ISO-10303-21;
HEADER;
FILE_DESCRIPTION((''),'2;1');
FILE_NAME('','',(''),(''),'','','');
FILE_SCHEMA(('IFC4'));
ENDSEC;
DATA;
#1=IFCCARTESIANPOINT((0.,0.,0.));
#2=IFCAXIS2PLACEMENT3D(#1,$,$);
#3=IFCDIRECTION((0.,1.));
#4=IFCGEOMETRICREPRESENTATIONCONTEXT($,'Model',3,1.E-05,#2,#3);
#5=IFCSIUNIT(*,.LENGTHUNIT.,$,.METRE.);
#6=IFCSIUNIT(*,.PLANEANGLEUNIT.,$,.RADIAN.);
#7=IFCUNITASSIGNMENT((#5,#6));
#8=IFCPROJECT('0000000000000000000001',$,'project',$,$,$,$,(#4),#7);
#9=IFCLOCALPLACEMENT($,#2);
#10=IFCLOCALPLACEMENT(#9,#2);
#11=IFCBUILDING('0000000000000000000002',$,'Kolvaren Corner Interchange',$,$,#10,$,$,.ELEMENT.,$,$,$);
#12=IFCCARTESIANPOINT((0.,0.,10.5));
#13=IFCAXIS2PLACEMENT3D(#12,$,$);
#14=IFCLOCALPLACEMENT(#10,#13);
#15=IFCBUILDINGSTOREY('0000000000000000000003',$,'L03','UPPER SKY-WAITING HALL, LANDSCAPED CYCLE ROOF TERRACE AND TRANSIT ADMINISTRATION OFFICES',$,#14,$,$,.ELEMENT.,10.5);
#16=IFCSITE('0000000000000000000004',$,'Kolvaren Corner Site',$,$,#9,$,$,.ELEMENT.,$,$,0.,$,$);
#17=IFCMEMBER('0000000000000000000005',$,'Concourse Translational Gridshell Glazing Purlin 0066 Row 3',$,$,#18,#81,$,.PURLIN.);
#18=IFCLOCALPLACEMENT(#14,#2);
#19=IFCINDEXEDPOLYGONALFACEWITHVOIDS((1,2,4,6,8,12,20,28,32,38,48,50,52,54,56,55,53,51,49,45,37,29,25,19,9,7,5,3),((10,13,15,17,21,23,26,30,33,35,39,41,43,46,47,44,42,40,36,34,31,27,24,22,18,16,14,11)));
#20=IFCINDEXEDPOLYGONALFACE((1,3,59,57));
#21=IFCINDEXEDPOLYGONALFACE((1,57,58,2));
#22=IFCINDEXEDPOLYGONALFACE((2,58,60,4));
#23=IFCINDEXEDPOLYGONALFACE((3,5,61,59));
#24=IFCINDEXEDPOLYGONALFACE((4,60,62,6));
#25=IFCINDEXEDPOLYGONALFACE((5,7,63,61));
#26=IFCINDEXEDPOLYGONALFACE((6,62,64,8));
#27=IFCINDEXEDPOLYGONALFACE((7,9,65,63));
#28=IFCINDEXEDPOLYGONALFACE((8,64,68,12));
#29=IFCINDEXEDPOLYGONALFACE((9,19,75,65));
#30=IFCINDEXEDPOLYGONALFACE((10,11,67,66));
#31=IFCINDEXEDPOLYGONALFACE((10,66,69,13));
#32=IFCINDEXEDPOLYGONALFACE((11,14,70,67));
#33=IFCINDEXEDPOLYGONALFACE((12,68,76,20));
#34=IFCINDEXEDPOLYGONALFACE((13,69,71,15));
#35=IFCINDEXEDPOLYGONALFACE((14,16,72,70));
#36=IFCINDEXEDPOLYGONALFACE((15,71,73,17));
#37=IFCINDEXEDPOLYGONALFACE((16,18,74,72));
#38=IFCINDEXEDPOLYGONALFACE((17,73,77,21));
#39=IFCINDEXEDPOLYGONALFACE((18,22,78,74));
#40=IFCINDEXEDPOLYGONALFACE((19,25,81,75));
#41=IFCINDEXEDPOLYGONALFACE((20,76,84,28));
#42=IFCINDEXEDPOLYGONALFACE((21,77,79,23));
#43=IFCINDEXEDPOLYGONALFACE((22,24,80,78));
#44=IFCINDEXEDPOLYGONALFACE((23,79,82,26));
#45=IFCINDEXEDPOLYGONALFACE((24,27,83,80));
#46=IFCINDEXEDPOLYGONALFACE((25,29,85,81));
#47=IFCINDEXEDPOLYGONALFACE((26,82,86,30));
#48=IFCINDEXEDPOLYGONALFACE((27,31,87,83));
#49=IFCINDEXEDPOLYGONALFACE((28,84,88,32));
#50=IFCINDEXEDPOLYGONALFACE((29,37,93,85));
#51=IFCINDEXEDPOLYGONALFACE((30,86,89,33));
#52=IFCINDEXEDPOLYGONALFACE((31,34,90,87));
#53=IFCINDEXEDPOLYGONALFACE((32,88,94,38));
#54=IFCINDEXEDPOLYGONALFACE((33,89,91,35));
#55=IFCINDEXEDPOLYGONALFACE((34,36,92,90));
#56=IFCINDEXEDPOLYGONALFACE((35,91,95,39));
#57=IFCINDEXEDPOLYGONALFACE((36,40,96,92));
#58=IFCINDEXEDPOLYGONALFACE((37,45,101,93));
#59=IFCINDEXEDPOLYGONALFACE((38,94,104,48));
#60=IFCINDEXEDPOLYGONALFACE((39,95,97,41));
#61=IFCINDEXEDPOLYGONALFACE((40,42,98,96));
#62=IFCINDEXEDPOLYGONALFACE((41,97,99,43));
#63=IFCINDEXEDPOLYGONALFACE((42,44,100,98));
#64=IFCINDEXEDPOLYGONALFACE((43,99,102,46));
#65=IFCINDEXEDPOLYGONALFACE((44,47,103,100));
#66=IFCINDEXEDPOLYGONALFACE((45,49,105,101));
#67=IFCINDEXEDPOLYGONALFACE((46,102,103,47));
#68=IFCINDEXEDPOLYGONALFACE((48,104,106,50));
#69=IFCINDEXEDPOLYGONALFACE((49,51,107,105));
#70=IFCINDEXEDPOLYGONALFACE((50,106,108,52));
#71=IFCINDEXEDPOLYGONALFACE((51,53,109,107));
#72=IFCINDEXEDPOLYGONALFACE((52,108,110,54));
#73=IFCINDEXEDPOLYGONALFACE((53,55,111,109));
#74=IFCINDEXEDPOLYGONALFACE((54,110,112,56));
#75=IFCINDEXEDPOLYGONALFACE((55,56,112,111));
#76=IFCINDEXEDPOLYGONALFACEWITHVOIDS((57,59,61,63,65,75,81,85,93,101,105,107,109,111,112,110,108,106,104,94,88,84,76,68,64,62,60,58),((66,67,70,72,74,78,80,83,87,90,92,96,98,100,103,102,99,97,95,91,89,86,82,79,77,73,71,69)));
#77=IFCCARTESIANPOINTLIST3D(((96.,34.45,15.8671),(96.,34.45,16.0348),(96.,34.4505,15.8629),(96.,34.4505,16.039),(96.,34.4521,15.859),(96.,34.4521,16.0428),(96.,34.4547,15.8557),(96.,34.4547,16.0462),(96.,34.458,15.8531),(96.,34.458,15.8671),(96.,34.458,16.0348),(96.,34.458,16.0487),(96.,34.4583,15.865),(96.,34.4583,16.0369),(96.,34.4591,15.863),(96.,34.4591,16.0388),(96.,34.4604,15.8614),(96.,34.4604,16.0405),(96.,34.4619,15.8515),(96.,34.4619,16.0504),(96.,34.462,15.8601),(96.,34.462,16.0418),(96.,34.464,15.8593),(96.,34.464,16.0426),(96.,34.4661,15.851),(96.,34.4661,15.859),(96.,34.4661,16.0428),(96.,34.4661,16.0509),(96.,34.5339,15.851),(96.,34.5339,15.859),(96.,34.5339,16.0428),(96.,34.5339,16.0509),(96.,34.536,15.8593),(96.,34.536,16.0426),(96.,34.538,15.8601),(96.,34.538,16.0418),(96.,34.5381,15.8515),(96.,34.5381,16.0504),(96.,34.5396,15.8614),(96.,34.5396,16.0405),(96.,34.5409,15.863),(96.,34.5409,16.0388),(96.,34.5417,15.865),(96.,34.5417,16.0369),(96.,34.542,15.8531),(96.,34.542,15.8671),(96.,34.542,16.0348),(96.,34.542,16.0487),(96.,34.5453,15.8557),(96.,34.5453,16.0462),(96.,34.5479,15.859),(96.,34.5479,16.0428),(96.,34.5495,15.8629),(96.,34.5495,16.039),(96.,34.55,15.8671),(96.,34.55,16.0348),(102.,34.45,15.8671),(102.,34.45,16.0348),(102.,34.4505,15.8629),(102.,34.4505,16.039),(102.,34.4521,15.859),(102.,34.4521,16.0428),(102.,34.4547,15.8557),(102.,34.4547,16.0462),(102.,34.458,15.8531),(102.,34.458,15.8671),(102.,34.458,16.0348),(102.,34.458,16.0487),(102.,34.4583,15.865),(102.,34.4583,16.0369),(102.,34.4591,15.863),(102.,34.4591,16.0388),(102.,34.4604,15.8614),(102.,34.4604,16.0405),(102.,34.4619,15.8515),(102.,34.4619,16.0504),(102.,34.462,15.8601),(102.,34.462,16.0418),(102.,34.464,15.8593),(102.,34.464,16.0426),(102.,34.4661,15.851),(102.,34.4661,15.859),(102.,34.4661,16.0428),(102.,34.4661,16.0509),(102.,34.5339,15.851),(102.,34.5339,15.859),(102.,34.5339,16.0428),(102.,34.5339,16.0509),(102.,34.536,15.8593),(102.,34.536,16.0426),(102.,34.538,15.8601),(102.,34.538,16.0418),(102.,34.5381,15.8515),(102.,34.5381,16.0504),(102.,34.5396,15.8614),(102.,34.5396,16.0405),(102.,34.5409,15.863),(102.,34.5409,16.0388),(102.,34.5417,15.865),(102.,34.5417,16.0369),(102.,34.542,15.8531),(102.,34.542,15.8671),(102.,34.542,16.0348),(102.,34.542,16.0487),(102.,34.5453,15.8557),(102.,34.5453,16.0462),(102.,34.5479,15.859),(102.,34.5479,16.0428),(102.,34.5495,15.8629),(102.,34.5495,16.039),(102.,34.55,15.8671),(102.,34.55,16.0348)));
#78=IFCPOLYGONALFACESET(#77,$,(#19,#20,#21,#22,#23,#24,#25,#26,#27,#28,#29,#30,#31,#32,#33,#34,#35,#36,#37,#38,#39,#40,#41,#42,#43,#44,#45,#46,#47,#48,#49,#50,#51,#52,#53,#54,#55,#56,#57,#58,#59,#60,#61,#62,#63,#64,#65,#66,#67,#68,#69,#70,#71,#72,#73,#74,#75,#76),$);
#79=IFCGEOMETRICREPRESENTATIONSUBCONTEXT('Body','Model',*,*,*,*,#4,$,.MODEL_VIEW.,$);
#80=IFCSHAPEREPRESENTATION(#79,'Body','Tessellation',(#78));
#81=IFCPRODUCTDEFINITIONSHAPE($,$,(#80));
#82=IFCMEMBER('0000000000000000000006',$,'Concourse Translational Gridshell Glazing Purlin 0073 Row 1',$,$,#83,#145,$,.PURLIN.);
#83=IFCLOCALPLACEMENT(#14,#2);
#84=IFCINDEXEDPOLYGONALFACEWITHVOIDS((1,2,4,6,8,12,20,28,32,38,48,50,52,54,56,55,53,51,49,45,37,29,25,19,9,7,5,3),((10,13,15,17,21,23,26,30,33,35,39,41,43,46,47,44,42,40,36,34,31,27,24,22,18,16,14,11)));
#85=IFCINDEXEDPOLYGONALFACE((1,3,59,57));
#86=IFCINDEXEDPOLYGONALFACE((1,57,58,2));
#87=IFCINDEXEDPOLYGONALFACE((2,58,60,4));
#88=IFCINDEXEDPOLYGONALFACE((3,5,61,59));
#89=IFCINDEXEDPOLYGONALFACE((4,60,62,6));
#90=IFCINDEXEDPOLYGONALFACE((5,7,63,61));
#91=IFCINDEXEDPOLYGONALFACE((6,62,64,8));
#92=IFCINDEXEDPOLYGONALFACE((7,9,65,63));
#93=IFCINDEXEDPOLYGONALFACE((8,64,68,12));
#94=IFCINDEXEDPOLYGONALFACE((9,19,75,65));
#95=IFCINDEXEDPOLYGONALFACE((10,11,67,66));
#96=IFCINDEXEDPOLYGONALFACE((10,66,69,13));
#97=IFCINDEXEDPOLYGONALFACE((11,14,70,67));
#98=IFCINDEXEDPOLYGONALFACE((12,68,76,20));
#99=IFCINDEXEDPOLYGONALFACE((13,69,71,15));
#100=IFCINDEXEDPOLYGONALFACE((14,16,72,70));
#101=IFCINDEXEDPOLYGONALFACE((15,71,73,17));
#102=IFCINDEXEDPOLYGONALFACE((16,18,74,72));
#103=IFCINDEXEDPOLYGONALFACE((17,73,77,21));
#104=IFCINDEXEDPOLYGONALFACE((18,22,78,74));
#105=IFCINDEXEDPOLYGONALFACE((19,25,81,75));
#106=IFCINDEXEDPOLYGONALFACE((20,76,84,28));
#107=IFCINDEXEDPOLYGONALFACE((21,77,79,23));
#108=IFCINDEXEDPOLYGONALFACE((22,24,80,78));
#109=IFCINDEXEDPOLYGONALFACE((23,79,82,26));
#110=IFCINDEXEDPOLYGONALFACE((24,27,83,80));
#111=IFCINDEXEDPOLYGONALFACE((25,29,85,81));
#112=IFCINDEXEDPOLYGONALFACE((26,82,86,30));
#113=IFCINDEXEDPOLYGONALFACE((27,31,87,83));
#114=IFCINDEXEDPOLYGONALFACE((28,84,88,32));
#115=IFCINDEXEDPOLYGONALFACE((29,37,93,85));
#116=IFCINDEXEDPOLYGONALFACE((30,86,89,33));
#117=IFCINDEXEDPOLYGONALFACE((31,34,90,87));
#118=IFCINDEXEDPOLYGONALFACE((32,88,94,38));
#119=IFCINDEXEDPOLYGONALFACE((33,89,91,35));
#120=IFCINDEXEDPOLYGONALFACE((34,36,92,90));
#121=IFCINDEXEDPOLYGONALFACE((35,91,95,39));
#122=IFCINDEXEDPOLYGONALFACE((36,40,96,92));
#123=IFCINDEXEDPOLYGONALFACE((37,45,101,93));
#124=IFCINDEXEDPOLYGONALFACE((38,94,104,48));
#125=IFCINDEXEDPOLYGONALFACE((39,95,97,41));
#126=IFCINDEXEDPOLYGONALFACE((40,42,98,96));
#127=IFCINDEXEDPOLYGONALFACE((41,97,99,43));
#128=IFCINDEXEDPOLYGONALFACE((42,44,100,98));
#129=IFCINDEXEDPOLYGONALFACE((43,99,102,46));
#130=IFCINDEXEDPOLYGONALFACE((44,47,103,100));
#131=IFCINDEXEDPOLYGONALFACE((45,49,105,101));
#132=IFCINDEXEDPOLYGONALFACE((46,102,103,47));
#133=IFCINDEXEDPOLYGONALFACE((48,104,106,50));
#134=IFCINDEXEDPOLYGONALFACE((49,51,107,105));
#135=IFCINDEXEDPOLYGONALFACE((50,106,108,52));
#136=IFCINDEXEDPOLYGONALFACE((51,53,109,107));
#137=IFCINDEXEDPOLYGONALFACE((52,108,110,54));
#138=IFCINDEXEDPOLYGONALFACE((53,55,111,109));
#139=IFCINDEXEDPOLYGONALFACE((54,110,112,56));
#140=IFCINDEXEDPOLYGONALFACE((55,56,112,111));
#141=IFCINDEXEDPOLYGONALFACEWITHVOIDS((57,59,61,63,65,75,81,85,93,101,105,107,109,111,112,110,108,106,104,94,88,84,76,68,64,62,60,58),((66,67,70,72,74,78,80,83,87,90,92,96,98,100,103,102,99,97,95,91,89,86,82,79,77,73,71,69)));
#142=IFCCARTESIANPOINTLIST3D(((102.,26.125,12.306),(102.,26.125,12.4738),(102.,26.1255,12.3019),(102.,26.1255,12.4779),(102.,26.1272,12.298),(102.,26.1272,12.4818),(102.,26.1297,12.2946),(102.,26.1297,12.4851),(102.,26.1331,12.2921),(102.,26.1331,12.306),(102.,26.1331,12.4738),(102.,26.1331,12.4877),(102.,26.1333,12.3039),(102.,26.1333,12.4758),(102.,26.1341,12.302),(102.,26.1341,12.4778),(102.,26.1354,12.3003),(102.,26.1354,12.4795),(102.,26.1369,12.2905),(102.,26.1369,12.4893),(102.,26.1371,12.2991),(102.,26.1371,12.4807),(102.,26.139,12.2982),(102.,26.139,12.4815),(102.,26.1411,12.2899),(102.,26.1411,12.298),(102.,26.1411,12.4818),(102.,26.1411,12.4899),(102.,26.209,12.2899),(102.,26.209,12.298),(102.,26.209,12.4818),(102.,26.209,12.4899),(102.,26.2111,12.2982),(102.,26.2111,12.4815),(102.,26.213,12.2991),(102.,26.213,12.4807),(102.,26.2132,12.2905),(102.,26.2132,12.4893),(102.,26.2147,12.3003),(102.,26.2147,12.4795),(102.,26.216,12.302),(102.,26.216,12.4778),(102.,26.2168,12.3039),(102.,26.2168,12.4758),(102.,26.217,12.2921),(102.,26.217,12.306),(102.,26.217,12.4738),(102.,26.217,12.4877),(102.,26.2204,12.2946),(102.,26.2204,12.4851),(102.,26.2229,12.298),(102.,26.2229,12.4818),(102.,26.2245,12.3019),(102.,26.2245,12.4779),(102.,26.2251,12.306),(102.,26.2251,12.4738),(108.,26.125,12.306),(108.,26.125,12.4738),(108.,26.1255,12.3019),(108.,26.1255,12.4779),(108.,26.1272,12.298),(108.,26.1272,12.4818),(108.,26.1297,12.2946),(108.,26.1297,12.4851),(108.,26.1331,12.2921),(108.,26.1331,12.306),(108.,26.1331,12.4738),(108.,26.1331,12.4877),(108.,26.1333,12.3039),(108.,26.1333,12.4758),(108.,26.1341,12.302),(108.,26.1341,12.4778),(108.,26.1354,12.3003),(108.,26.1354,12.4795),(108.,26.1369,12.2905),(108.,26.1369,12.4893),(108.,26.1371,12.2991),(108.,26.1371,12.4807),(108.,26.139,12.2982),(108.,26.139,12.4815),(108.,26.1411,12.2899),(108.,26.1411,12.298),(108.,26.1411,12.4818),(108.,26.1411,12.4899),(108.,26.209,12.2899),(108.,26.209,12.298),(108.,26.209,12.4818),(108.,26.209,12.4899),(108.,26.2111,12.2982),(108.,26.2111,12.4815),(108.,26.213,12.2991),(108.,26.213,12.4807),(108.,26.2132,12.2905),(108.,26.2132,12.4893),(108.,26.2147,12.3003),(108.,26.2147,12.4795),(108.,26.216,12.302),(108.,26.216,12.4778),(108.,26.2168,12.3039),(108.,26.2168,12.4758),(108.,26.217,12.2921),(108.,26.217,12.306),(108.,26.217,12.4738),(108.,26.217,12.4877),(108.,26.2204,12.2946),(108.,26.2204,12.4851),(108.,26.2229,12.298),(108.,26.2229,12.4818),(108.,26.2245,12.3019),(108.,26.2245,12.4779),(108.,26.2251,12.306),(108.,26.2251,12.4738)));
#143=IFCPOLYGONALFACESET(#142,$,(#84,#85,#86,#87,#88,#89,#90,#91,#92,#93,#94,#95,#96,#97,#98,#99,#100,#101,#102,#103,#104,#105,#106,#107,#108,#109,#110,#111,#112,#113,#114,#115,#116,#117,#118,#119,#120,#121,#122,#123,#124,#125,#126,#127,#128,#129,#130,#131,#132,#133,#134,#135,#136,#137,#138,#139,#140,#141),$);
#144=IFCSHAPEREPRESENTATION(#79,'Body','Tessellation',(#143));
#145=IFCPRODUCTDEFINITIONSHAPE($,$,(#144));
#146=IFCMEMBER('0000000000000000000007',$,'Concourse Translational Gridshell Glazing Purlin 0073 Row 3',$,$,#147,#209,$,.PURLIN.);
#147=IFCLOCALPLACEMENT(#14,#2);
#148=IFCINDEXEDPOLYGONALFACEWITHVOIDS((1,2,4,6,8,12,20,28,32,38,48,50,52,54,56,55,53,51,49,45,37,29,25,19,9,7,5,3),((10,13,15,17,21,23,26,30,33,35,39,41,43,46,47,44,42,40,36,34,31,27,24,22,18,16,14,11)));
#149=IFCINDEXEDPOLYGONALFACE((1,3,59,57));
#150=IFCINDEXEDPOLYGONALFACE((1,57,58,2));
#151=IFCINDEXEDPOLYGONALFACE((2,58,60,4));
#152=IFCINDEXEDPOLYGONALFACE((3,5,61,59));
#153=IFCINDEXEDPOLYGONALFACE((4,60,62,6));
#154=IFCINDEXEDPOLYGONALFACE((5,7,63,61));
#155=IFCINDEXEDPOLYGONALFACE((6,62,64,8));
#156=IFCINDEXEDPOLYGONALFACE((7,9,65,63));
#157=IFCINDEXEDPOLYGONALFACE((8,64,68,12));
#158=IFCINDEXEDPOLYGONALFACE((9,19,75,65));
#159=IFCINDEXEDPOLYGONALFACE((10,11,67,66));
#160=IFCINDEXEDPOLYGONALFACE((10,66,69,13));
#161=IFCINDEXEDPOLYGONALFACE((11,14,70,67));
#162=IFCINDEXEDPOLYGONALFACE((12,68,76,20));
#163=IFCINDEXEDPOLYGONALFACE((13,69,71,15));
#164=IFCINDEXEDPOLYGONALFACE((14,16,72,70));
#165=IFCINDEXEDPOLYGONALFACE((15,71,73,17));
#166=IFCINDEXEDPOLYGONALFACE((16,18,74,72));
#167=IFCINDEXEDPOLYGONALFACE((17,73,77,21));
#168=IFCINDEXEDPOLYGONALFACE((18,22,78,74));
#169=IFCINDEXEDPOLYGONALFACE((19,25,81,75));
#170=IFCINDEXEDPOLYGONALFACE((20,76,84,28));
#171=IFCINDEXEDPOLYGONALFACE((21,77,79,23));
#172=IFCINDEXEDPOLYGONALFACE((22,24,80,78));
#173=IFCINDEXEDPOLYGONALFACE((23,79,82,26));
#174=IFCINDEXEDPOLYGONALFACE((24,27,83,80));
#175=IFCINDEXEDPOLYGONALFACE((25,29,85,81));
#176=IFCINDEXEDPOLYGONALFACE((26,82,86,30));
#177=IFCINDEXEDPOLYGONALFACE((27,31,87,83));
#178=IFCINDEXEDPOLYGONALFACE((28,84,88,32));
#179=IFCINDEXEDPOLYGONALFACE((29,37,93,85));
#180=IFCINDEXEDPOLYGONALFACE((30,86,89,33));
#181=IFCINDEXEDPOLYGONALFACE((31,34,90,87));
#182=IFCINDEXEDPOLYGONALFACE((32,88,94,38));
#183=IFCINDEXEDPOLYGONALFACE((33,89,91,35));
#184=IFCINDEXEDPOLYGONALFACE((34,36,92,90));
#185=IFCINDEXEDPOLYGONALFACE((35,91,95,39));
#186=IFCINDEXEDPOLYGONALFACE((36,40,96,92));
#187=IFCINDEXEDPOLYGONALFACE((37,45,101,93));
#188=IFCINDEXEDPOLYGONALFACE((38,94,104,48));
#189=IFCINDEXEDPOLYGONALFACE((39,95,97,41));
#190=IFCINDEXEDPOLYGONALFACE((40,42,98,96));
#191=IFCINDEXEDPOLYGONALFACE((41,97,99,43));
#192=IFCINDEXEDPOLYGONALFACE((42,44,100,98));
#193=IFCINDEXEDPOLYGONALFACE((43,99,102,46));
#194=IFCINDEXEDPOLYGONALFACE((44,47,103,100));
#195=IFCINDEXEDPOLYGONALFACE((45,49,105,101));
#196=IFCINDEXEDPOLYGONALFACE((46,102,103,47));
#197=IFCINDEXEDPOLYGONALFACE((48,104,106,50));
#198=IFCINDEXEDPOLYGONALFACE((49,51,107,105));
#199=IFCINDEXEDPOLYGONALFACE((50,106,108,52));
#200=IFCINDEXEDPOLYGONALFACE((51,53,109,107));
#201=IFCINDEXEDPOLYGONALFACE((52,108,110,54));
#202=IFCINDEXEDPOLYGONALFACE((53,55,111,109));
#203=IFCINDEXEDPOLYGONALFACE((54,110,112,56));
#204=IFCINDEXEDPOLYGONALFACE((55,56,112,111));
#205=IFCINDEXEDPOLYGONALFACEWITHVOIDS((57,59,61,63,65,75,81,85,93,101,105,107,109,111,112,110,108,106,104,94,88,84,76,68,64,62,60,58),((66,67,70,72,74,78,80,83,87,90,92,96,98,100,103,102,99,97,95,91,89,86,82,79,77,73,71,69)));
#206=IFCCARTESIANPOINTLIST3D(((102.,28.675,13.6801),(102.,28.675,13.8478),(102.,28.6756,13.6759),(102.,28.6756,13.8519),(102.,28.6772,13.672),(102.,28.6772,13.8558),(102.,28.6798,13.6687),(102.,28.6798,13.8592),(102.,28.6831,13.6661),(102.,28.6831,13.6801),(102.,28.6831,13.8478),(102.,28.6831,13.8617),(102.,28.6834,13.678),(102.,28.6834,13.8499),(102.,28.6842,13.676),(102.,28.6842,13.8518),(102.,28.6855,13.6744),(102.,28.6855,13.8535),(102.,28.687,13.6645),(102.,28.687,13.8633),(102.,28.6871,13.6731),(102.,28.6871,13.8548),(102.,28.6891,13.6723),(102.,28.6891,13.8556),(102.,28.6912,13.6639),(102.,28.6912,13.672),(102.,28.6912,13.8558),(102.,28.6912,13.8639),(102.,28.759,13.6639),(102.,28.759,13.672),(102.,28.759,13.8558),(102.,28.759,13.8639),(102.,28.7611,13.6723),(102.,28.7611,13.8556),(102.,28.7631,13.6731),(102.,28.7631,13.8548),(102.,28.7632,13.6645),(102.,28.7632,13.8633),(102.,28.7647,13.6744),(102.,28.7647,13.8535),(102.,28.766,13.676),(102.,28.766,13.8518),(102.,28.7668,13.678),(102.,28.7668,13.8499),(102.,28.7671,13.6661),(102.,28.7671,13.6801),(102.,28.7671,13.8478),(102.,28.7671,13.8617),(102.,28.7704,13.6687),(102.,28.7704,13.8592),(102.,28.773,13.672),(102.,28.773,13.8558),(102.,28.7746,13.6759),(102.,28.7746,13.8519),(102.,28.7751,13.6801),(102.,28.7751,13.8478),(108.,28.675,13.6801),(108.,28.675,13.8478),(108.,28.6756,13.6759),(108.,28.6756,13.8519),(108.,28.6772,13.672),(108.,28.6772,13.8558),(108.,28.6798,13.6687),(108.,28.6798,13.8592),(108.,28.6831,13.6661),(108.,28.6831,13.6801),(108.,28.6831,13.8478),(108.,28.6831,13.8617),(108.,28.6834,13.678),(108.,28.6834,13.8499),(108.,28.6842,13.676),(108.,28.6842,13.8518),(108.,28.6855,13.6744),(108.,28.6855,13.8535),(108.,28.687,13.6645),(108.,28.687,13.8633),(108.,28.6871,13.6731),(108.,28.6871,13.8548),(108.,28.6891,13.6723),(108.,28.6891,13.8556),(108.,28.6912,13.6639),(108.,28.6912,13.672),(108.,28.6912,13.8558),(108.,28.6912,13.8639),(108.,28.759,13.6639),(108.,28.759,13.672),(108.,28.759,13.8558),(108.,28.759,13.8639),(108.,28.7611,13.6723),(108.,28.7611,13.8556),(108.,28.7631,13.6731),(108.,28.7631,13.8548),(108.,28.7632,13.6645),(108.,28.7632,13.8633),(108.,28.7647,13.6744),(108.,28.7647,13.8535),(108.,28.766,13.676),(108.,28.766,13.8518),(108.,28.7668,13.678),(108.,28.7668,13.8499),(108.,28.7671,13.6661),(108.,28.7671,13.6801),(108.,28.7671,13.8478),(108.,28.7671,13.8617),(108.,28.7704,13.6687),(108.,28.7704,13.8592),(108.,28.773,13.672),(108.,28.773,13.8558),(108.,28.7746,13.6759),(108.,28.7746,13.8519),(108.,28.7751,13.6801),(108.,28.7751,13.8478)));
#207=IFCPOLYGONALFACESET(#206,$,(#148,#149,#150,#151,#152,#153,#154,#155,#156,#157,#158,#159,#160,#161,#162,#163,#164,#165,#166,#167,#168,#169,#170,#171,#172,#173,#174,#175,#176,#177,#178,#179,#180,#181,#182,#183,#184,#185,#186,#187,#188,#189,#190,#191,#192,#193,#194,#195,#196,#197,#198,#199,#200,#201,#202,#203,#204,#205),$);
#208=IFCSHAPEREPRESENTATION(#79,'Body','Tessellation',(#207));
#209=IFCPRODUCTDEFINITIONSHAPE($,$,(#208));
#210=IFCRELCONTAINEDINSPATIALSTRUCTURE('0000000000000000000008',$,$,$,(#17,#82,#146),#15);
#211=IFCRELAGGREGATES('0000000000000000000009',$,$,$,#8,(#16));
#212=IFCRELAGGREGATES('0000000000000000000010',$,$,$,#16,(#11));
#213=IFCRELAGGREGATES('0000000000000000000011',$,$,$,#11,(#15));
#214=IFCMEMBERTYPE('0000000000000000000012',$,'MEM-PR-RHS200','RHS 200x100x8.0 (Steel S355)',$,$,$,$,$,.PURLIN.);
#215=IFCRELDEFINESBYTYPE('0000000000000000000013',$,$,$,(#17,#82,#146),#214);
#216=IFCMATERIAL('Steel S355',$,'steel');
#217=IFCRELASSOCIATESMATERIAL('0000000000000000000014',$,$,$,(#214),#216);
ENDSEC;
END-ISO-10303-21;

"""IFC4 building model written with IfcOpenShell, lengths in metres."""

from ifc_helpers import new_model, si_unit, direction, frame, origin, origin_2d, place, context, subcontext, project, spatial, hollow_rectangle, extrude, material, material_profile, profile_set, type_object, element, save


model = new_model("IFC4")

# Units and contexts
model_context = context("Model", 3, precision=1e-05, world=origin(), true_north=direction((0.0, 1.0)))
body_context = subcontext(model_context, "Body", "Model", "MODEL_VIEW")
ifc_project = project(units=[si_unit("LENGTHUNIT", "METRE"), si_unit("PLANEANGLEUNIT", "RADIAN")], contexts=[model_context])

# Site, building, storey
site_placement = place(None, origin())
site = spatial("IfcSite", under=ifc_project, at=site_placement, Name="Kolvaren Corner Site", CompositionType="ELEMENT", RefElevation=0.0)
building_placement = place(site_placement, origin())
building = spatial("IfcBuilding", under=site, at=building_placement, Name="Kolvaren Corner Interchange", CompositionType="ELEMENT")
storey_placement = place(building_placement, frame((0.0, 0.0, 10.5)))
storey = spatial("IfcBuildingStorey", under=building, at=storey_placement, Name="L03", Description="UPPER SKY-WAITING HALL, LANDSCAPED CYCLE ROOF TERRACE AND TRANSIT ADMINISTRATION OFFICES", CompositionType="ELEMENT", Elevation=10.5)

# Members
ifc_material_1 = material(Name="Steel S355", Category="steel")
ifc_material_profile_1 = material_profile(ifc_material_1, hollow_rectangle(XDim=0.1001, YDim=0.2, WallThickness=0.0081, InnerFilletRadius=0.0081, OuterFilletRadius=0.0161, at=origin_2d()), Name="RHS 200x100x8.0")
ifc_profile_set_1 = profile_set([ifc_material_profile_1], Name="Steel S355")
member_type_1 = type_object("IfcMemberType", Name="MEM-PR-RHS200", Description="RHS 200x100x8.0 (Steel S355)", PredefinedType="PURLIN", material=ifc_profile_set_1)
for number, where, z_axis, x_axis, name in (
    (1, (96.0, 34.5, 15.9509), (1.0, 0.0, 0.0), (0.0, 1.0, 0.0), "Concourse Translational Gridshell Glazing Purlin 0066 Row 3"),
    (2, (102.0, 26.175, 12.3899), (1.0, 0.0, 0.0), (0.0, 1.0, 0.0), "Concourse Translational Gridshell Glazing Purlin 0073 Row 1"),
    (3, (102.0, 28.7251, 13.7639), (1.0, 0.0, 0.0), (0.0, 1.0, 0.0), "Concourse Translational Gridshell Glazing Purlin 0073 Row 3"),
):
    element("IfcMember", number, at=place(storey_placement, frame(where, z_axis=z_axis, x_axis=x_axis)), inside=storey, type_object=member_type_1, Name=name, PredefinedType="PURLIN", context=body_context, shape_type="SweptSolid", body=[
        extrude(hollow_rectangle(XDim=0.1001, YDim=0.2, WallThickness=0.0081, InnerFilletRadius=0.0081, OuterFilletRadius=0.0161, at=origin_2d()), origin(), (0.0, 0.0, 1.0), 6.0),
    ])

save(model, "model.ifc")
